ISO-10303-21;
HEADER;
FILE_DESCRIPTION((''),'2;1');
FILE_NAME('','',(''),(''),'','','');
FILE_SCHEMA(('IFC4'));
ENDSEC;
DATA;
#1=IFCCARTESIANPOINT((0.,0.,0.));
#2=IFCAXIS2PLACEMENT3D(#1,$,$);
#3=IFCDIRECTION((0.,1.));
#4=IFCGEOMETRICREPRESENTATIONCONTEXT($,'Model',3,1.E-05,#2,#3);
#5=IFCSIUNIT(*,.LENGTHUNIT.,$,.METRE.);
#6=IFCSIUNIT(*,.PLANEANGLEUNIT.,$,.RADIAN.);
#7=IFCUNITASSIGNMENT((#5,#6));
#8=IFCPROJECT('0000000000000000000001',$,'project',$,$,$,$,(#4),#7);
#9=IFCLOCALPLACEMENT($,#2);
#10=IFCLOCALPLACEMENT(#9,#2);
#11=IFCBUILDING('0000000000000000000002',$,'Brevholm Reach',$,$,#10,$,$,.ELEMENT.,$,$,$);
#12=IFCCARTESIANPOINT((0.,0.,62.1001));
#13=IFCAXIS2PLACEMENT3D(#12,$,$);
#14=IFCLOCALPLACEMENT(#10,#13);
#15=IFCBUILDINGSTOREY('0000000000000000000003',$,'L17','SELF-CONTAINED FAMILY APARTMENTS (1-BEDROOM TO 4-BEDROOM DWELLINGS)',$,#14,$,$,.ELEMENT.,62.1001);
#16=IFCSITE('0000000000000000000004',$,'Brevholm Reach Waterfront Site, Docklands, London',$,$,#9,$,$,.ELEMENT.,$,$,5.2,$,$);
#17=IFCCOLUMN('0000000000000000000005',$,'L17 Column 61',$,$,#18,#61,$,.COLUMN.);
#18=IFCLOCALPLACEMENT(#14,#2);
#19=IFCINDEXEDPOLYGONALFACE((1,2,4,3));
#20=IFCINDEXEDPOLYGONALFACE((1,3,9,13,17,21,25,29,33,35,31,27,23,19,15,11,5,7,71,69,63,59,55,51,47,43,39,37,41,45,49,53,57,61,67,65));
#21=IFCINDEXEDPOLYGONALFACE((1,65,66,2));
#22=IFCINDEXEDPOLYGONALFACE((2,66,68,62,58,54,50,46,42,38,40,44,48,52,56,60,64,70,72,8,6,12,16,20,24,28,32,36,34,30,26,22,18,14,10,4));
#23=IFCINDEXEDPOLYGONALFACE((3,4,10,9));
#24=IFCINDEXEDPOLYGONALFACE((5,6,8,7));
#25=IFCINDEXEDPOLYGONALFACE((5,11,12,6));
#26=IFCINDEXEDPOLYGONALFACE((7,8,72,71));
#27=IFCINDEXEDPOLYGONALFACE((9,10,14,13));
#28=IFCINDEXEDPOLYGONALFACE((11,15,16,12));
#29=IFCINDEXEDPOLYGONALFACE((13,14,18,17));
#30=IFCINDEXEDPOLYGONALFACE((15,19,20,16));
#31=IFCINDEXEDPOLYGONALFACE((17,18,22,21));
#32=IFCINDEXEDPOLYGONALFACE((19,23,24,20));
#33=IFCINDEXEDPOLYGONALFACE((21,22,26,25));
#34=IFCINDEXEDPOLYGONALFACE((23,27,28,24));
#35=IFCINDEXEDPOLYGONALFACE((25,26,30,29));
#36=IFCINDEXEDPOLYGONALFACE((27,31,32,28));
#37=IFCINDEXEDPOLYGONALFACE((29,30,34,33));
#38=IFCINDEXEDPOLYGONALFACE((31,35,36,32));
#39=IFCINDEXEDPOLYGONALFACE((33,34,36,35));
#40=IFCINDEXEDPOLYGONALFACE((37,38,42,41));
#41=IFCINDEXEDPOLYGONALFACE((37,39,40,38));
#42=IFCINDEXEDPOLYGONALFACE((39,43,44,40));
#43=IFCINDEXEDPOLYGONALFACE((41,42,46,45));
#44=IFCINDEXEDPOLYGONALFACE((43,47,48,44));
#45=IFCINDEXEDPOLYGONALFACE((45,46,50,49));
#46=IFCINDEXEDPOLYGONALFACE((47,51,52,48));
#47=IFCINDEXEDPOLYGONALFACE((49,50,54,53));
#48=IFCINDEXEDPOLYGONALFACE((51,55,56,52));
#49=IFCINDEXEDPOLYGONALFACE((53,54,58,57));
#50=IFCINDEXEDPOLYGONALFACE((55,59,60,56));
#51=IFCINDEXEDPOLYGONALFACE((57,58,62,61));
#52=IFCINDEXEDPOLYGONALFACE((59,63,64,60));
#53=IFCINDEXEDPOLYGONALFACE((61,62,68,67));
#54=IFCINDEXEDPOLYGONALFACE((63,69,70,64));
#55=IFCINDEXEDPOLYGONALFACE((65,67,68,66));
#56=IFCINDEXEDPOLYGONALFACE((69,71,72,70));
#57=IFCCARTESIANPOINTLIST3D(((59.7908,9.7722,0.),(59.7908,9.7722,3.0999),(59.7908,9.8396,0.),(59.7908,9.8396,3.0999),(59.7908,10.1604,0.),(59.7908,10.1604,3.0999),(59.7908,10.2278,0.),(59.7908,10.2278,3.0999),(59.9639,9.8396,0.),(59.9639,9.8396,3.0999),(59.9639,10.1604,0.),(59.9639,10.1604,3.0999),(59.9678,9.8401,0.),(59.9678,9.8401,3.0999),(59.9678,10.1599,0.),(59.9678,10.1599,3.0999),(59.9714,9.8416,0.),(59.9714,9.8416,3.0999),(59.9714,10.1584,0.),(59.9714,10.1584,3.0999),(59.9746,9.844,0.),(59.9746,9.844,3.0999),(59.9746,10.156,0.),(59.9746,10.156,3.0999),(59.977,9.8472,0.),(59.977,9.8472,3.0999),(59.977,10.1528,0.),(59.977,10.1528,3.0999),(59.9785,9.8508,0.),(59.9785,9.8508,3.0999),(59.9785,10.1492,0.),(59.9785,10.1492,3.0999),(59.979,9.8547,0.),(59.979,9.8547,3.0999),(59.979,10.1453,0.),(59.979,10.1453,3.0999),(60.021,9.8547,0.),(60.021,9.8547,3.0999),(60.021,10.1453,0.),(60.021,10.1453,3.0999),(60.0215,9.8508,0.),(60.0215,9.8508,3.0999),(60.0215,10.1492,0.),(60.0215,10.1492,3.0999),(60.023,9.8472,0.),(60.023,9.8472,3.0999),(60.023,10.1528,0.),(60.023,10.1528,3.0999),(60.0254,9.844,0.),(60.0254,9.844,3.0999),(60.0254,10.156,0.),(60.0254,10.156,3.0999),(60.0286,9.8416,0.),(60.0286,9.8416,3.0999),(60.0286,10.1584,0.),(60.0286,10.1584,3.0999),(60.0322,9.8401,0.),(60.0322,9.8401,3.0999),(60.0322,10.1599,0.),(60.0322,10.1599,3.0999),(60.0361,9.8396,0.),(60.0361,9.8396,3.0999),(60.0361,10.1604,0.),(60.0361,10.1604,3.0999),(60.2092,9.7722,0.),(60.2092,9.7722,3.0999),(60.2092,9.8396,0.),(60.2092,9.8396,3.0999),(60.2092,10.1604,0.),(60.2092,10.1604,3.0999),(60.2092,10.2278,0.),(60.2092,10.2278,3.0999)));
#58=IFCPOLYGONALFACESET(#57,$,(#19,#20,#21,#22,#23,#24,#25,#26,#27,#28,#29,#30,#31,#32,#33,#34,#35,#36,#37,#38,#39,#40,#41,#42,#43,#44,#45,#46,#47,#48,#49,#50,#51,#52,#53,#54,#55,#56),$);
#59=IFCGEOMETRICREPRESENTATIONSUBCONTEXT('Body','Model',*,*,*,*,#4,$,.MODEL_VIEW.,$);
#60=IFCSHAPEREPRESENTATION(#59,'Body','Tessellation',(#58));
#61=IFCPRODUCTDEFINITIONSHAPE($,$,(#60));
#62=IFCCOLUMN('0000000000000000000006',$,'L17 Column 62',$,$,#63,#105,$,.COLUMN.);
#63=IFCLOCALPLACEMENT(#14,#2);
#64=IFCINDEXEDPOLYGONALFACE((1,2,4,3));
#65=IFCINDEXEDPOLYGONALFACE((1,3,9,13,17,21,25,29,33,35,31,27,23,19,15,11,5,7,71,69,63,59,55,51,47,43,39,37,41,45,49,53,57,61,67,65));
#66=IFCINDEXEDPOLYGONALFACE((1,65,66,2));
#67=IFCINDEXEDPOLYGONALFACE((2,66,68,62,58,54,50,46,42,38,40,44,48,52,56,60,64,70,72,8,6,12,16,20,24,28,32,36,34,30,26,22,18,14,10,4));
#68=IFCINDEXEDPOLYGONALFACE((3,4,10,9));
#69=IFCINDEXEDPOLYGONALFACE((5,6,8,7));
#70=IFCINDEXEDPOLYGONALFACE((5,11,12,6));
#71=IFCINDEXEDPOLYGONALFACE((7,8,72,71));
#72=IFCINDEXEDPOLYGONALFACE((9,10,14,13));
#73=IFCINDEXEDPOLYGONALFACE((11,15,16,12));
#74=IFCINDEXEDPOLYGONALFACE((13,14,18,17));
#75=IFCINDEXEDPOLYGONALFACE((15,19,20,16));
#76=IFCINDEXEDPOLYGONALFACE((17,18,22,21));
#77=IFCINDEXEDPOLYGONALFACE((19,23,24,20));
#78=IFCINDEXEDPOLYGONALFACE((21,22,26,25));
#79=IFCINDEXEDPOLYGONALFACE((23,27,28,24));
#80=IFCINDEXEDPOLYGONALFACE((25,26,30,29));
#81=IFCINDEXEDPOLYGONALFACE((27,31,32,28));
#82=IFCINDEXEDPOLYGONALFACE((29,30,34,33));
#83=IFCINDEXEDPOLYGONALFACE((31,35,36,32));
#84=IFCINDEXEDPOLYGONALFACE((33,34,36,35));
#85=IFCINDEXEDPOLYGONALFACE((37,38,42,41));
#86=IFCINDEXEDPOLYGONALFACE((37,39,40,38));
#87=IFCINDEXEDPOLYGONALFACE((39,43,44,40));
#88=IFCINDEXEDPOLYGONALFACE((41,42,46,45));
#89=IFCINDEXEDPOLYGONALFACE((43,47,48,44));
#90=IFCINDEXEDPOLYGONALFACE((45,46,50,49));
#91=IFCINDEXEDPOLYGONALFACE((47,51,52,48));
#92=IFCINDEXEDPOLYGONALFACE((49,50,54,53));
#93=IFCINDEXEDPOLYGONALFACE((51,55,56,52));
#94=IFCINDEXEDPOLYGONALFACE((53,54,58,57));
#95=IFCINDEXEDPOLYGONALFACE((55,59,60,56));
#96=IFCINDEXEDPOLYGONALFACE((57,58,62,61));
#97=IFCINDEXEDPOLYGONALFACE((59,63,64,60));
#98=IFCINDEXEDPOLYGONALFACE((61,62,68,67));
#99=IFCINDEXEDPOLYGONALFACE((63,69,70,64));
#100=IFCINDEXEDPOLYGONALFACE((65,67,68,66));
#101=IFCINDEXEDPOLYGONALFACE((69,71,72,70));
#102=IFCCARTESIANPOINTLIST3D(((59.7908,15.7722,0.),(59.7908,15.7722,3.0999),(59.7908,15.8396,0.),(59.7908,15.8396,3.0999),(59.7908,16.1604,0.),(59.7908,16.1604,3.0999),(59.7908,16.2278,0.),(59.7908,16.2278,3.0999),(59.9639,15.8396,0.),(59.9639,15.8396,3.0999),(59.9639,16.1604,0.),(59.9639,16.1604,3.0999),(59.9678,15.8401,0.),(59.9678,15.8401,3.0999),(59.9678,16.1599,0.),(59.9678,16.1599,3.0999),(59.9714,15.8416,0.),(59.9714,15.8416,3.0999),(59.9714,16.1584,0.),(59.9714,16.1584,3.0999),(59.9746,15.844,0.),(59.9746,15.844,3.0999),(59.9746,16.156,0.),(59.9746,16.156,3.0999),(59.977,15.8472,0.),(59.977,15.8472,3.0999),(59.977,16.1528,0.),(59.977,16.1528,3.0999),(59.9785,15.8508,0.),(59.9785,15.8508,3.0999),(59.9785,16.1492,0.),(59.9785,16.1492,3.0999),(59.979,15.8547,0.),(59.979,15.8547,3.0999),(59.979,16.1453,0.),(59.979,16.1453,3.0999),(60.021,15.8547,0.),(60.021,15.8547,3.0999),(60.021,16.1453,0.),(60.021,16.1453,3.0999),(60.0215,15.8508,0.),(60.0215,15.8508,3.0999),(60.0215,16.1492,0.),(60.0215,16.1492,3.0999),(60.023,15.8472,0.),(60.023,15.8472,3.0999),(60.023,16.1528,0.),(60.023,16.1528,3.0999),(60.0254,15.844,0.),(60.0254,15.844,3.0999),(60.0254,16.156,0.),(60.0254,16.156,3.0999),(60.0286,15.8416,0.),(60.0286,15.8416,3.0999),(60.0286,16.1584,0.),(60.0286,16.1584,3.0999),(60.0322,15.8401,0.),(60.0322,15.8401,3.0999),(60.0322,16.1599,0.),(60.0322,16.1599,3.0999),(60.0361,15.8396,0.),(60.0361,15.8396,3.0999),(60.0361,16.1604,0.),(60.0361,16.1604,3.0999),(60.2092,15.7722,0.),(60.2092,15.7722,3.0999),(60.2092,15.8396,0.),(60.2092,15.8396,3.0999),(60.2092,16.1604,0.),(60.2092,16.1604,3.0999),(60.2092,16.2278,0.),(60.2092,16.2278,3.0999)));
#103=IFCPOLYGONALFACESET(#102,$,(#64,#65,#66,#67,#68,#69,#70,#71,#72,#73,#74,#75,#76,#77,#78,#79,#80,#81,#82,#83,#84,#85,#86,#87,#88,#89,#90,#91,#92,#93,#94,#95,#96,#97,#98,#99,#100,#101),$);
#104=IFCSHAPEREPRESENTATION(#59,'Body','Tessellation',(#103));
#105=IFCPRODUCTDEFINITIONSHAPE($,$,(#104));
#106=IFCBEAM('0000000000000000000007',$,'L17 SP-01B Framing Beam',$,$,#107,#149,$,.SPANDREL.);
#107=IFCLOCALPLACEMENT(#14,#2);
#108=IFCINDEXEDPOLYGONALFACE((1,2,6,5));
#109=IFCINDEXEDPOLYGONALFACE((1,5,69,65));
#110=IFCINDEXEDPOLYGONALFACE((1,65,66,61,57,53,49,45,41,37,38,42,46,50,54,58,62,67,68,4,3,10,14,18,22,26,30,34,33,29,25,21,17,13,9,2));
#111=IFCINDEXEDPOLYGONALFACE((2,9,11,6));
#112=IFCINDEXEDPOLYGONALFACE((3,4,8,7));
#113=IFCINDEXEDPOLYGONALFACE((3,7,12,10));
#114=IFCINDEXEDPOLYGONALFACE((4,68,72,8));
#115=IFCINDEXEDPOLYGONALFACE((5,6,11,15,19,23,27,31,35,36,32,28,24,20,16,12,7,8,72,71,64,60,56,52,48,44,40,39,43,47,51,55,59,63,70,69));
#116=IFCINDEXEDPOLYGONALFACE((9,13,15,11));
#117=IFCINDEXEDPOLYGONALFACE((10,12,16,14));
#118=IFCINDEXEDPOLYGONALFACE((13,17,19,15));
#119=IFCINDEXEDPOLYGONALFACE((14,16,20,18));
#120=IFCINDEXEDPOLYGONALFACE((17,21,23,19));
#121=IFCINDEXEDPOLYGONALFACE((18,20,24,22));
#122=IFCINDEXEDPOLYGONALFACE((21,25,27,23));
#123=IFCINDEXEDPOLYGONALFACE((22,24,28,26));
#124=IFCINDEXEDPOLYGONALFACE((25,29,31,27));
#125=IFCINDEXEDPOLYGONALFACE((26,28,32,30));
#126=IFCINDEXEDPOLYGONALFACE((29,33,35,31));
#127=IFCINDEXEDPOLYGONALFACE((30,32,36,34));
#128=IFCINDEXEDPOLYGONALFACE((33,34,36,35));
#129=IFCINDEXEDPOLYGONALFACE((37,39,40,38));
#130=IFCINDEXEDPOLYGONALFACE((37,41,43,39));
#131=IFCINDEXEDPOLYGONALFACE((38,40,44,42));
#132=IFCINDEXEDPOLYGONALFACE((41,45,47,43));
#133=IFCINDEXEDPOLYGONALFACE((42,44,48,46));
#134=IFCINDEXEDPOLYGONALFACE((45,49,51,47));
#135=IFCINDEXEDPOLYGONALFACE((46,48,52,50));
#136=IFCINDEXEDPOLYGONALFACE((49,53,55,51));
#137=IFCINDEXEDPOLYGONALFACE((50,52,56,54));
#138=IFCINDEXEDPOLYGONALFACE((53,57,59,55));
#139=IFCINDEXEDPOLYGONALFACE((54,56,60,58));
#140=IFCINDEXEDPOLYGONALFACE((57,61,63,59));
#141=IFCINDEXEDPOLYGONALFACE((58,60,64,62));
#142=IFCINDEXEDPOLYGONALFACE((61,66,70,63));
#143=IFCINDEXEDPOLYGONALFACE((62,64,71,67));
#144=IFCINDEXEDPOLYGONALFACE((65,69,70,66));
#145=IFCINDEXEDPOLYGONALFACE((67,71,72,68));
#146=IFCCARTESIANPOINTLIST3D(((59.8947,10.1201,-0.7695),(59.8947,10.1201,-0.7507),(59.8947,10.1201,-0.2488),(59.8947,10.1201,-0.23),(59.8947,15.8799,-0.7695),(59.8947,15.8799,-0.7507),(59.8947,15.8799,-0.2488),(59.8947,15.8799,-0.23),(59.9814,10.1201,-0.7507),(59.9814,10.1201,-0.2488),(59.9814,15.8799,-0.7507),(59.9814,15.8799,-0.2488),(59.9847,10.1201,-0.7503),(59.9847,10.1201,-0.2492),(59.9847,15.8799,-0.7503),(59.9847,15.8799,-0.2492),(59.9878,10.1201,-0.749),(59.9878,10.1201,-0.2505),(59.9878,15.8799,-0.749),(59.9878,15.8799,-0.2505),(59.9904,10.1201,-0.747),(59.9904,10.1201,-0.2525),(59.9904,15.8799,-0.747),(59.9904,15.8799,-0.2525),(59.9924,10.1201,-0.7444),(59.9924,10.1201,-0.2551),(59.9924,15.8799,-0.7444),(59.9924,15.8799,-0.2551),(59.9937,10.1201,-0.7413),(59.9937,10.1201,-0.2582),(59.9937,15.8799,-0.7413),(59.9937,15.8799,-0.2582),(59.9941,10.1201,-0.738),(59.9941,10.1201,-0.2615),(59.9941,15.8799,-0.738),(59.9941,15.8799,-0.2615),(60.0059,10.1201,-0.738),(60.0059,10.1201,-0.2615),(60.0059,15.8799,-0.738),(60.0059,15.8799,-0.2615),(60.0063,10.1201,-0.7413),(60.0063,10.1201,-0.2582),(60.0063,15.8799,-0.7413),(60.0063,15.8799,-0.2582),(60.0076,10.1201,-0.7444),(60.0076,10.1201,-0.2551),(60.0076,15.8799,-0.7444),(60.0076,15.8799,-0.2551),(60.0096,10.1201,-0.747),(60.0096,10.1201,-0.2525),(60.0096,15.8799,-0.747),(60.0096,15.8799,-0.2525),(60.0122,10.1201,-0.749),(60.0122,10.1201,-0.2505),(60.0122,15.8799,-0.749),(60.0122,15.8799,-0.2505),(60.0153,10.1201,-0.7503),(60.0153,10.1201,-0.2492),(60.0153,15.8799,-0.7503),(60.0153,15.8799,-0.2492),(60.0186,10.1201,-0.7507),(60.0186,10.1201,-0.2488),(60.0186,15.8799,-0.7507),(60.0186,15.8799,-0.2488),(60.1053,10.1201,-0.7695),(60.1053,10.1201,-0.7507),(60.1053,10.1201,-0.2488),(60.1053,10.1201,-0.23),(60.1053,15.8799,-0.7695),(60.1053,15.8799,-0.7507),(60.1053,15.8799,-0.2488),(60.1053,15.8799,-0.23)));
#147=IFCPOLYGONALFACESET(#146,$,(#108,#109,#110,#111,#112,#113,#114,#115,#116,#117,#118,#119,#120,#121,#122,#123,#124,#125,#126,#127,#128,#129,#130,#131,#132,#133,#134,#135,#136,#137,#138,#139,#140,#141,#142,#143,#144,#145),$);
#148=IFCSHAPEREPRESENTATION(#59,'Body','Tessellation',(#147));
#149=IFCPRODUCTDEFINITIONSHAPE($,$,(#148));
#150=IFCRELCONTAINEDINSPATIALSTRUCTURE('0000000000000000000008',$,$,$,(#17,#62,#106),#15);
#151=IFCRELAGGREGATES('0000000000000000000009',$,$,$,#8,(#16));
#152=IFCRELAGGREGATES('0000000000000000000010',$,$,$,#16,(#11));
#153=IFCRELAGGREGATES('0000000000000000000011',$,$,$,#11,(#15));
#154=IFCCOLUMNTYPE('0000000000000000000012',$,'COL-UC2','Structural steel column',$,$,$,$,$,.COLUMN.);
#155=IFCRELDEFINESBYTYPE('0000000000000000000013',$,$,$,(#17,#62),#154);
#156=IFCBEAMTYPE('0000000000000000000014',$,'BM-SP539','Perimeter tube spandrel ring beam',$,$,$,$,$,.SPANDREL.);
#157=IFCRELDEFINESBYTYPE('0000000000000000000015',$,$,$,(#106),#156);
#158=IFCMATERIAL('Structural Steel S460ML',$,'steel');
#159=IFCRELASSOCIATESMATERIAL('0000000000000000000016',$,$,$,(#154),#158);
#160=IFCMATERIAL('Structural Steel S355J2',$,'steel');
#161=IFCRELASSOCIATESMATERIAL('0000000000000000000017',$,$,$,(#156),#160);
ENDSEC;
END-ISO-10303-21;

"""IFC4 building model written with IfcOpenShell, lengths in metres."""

from ifc_helpers import new_model, si_unit, direction, frame, origin, origin_2d, place, context, subcontext, project, spatial, i_section, extrude, material, material_profile, profile_set, type_object, element, save


model = new_model("IFC4")

# Units and contexts
model_context = context("Model", 3, precision=1e-05, world=origin(), true_north=direction((0.0, 1.0)))
body_context = subcontext(model_context, "Body", "Model", "MODEL_VIEW")
ifc_project = project(units=[si_unit("LENGTHUNIT", "METRE"), si_unit("PLANEANGLEUNIT", "RADIAN")], contexts=[model_context])

# Site, building, storey
site_placement = place(None, origin())
site = spatial("IfcSite", under=ifc_project, at=site_placement, Name="Brevholm Reach Waterfront Site, Docklands, London", CompositionType="ELEMENT", RefElevation=5.2)
building_placement = place(site_placement, origin())
building = spatial("IfcBuilding", under=site, at=building_placement, Name="Brevholm Reach", CompositionType="ELEMENT")
storey_placement = place(building_placement, frame((0.0, 0.0, 62.1001)))
storey = spatial("IfcBuildingStorey", under=building, at=storey_placement, Name="L17", Description="SELF-CONTAINED FAMILY APARTMENTS (1-BEDROOM TO 4-BEDROOM DWELLINGS)", CompositionType="ELEMENT", Elevation=62.1001)

# Columns
ifc_material_1 = material(Name="Structural Steel S460ML", Category="steel")
ifc_material_profile_1 = material_profile(ifc_material_1, i_section(OverallWidth=0.4185, OverallDepth=0.4556, WebThickness=0.042, FlangeThickness=0.0674, FilletRadius=0.0151, at=origin_2d()), Name="UKC 356x406x551")
ifc_profile_set_1 = profile_set([ifc_material_profile_1], Name="Structural Steel S460ML")
column_type = type_object("IfcColumnType", Name="COL-UC2", Description="Structural steel column", PredefinedType="COLUMN", material=ifc_profile_set_1)
for number, where, z_axis, x_axis, name in (
    (1, (60.0, 10.0, 0.0), (0.0, 0.0, 1.0), (1.0, 0.0, 0.0), "L17 Column 61"),
    (2, (60.0, 16.0, 0.0), (0.0, 0.0, 1.0), (1.0, 0.0, 0.0), "L17 Column 62"),
):
    element("IfcColumn", number, at=place(storey_placement, frame(where, z_axis=z_axis, x_axis=x_axis)), inside=storey, type_object=column_type, Name=name, PredefinedType="COLUMN", context=body_context, shape_type="SweptSolid", body=[
        extrude(i_section(OverallWidth=0.4185, OverallDepth=0.4556, WebThickness=0.042, FlangeThickness=0.0674, FilletRadius=0.0151, at=origin_2d()), origin(), (0.0, 0.0, 1.0), 3.0999),
    ])

# Beam
ifc_material_2 = material(Name="Structural Steel S355J2", Category="steel")
ifc_material_profile_2 = material_profile(ifc_material_2, i_section(OverallWidth=0.2107, OverallDepth=0.5396, WebThickness=0.0117, FlangeThickness=0.0188, FilletRadius=0.0127, at=origin_2d()), Name="UKB 533x210x109")
ifc_profile_set_2 = profile_set([ifc_material_profile_2], Name="Structural Steel S355J2")
beam_type = type_object("IfcBeamType", Name="BM-SP539", Description="Perimeter tube spandrel ring beam", PredefinedType="SPANDREL", material=ifc_profile_set_2)
beam_placement = place(storey_placement, frame((60.0, 10.1201, -0.4998), z_axis=(0.0, 1.0, 0.0), x_axis=(-1.0, 0.0, 0.0)))
element("IfcBeam", 3, at=beam_placement, inside=storey, type_object=beam_type, Name="L17 SP-01B Framing Beam", PredefinedType="SPANDREL", context=body_context, shape_type="SweptSolid", body=[
    extrude(i_section(OverallWidth=0.2107, OverallDepth=0.5396, WebThickness=0.0117, FlangeThickness=0.0188, FilletRadius=0.0127, at=origin_2d()), origin(), (0.0, 0.0, 1.0), 5.7598),
])

save(model, "model.ifc")
